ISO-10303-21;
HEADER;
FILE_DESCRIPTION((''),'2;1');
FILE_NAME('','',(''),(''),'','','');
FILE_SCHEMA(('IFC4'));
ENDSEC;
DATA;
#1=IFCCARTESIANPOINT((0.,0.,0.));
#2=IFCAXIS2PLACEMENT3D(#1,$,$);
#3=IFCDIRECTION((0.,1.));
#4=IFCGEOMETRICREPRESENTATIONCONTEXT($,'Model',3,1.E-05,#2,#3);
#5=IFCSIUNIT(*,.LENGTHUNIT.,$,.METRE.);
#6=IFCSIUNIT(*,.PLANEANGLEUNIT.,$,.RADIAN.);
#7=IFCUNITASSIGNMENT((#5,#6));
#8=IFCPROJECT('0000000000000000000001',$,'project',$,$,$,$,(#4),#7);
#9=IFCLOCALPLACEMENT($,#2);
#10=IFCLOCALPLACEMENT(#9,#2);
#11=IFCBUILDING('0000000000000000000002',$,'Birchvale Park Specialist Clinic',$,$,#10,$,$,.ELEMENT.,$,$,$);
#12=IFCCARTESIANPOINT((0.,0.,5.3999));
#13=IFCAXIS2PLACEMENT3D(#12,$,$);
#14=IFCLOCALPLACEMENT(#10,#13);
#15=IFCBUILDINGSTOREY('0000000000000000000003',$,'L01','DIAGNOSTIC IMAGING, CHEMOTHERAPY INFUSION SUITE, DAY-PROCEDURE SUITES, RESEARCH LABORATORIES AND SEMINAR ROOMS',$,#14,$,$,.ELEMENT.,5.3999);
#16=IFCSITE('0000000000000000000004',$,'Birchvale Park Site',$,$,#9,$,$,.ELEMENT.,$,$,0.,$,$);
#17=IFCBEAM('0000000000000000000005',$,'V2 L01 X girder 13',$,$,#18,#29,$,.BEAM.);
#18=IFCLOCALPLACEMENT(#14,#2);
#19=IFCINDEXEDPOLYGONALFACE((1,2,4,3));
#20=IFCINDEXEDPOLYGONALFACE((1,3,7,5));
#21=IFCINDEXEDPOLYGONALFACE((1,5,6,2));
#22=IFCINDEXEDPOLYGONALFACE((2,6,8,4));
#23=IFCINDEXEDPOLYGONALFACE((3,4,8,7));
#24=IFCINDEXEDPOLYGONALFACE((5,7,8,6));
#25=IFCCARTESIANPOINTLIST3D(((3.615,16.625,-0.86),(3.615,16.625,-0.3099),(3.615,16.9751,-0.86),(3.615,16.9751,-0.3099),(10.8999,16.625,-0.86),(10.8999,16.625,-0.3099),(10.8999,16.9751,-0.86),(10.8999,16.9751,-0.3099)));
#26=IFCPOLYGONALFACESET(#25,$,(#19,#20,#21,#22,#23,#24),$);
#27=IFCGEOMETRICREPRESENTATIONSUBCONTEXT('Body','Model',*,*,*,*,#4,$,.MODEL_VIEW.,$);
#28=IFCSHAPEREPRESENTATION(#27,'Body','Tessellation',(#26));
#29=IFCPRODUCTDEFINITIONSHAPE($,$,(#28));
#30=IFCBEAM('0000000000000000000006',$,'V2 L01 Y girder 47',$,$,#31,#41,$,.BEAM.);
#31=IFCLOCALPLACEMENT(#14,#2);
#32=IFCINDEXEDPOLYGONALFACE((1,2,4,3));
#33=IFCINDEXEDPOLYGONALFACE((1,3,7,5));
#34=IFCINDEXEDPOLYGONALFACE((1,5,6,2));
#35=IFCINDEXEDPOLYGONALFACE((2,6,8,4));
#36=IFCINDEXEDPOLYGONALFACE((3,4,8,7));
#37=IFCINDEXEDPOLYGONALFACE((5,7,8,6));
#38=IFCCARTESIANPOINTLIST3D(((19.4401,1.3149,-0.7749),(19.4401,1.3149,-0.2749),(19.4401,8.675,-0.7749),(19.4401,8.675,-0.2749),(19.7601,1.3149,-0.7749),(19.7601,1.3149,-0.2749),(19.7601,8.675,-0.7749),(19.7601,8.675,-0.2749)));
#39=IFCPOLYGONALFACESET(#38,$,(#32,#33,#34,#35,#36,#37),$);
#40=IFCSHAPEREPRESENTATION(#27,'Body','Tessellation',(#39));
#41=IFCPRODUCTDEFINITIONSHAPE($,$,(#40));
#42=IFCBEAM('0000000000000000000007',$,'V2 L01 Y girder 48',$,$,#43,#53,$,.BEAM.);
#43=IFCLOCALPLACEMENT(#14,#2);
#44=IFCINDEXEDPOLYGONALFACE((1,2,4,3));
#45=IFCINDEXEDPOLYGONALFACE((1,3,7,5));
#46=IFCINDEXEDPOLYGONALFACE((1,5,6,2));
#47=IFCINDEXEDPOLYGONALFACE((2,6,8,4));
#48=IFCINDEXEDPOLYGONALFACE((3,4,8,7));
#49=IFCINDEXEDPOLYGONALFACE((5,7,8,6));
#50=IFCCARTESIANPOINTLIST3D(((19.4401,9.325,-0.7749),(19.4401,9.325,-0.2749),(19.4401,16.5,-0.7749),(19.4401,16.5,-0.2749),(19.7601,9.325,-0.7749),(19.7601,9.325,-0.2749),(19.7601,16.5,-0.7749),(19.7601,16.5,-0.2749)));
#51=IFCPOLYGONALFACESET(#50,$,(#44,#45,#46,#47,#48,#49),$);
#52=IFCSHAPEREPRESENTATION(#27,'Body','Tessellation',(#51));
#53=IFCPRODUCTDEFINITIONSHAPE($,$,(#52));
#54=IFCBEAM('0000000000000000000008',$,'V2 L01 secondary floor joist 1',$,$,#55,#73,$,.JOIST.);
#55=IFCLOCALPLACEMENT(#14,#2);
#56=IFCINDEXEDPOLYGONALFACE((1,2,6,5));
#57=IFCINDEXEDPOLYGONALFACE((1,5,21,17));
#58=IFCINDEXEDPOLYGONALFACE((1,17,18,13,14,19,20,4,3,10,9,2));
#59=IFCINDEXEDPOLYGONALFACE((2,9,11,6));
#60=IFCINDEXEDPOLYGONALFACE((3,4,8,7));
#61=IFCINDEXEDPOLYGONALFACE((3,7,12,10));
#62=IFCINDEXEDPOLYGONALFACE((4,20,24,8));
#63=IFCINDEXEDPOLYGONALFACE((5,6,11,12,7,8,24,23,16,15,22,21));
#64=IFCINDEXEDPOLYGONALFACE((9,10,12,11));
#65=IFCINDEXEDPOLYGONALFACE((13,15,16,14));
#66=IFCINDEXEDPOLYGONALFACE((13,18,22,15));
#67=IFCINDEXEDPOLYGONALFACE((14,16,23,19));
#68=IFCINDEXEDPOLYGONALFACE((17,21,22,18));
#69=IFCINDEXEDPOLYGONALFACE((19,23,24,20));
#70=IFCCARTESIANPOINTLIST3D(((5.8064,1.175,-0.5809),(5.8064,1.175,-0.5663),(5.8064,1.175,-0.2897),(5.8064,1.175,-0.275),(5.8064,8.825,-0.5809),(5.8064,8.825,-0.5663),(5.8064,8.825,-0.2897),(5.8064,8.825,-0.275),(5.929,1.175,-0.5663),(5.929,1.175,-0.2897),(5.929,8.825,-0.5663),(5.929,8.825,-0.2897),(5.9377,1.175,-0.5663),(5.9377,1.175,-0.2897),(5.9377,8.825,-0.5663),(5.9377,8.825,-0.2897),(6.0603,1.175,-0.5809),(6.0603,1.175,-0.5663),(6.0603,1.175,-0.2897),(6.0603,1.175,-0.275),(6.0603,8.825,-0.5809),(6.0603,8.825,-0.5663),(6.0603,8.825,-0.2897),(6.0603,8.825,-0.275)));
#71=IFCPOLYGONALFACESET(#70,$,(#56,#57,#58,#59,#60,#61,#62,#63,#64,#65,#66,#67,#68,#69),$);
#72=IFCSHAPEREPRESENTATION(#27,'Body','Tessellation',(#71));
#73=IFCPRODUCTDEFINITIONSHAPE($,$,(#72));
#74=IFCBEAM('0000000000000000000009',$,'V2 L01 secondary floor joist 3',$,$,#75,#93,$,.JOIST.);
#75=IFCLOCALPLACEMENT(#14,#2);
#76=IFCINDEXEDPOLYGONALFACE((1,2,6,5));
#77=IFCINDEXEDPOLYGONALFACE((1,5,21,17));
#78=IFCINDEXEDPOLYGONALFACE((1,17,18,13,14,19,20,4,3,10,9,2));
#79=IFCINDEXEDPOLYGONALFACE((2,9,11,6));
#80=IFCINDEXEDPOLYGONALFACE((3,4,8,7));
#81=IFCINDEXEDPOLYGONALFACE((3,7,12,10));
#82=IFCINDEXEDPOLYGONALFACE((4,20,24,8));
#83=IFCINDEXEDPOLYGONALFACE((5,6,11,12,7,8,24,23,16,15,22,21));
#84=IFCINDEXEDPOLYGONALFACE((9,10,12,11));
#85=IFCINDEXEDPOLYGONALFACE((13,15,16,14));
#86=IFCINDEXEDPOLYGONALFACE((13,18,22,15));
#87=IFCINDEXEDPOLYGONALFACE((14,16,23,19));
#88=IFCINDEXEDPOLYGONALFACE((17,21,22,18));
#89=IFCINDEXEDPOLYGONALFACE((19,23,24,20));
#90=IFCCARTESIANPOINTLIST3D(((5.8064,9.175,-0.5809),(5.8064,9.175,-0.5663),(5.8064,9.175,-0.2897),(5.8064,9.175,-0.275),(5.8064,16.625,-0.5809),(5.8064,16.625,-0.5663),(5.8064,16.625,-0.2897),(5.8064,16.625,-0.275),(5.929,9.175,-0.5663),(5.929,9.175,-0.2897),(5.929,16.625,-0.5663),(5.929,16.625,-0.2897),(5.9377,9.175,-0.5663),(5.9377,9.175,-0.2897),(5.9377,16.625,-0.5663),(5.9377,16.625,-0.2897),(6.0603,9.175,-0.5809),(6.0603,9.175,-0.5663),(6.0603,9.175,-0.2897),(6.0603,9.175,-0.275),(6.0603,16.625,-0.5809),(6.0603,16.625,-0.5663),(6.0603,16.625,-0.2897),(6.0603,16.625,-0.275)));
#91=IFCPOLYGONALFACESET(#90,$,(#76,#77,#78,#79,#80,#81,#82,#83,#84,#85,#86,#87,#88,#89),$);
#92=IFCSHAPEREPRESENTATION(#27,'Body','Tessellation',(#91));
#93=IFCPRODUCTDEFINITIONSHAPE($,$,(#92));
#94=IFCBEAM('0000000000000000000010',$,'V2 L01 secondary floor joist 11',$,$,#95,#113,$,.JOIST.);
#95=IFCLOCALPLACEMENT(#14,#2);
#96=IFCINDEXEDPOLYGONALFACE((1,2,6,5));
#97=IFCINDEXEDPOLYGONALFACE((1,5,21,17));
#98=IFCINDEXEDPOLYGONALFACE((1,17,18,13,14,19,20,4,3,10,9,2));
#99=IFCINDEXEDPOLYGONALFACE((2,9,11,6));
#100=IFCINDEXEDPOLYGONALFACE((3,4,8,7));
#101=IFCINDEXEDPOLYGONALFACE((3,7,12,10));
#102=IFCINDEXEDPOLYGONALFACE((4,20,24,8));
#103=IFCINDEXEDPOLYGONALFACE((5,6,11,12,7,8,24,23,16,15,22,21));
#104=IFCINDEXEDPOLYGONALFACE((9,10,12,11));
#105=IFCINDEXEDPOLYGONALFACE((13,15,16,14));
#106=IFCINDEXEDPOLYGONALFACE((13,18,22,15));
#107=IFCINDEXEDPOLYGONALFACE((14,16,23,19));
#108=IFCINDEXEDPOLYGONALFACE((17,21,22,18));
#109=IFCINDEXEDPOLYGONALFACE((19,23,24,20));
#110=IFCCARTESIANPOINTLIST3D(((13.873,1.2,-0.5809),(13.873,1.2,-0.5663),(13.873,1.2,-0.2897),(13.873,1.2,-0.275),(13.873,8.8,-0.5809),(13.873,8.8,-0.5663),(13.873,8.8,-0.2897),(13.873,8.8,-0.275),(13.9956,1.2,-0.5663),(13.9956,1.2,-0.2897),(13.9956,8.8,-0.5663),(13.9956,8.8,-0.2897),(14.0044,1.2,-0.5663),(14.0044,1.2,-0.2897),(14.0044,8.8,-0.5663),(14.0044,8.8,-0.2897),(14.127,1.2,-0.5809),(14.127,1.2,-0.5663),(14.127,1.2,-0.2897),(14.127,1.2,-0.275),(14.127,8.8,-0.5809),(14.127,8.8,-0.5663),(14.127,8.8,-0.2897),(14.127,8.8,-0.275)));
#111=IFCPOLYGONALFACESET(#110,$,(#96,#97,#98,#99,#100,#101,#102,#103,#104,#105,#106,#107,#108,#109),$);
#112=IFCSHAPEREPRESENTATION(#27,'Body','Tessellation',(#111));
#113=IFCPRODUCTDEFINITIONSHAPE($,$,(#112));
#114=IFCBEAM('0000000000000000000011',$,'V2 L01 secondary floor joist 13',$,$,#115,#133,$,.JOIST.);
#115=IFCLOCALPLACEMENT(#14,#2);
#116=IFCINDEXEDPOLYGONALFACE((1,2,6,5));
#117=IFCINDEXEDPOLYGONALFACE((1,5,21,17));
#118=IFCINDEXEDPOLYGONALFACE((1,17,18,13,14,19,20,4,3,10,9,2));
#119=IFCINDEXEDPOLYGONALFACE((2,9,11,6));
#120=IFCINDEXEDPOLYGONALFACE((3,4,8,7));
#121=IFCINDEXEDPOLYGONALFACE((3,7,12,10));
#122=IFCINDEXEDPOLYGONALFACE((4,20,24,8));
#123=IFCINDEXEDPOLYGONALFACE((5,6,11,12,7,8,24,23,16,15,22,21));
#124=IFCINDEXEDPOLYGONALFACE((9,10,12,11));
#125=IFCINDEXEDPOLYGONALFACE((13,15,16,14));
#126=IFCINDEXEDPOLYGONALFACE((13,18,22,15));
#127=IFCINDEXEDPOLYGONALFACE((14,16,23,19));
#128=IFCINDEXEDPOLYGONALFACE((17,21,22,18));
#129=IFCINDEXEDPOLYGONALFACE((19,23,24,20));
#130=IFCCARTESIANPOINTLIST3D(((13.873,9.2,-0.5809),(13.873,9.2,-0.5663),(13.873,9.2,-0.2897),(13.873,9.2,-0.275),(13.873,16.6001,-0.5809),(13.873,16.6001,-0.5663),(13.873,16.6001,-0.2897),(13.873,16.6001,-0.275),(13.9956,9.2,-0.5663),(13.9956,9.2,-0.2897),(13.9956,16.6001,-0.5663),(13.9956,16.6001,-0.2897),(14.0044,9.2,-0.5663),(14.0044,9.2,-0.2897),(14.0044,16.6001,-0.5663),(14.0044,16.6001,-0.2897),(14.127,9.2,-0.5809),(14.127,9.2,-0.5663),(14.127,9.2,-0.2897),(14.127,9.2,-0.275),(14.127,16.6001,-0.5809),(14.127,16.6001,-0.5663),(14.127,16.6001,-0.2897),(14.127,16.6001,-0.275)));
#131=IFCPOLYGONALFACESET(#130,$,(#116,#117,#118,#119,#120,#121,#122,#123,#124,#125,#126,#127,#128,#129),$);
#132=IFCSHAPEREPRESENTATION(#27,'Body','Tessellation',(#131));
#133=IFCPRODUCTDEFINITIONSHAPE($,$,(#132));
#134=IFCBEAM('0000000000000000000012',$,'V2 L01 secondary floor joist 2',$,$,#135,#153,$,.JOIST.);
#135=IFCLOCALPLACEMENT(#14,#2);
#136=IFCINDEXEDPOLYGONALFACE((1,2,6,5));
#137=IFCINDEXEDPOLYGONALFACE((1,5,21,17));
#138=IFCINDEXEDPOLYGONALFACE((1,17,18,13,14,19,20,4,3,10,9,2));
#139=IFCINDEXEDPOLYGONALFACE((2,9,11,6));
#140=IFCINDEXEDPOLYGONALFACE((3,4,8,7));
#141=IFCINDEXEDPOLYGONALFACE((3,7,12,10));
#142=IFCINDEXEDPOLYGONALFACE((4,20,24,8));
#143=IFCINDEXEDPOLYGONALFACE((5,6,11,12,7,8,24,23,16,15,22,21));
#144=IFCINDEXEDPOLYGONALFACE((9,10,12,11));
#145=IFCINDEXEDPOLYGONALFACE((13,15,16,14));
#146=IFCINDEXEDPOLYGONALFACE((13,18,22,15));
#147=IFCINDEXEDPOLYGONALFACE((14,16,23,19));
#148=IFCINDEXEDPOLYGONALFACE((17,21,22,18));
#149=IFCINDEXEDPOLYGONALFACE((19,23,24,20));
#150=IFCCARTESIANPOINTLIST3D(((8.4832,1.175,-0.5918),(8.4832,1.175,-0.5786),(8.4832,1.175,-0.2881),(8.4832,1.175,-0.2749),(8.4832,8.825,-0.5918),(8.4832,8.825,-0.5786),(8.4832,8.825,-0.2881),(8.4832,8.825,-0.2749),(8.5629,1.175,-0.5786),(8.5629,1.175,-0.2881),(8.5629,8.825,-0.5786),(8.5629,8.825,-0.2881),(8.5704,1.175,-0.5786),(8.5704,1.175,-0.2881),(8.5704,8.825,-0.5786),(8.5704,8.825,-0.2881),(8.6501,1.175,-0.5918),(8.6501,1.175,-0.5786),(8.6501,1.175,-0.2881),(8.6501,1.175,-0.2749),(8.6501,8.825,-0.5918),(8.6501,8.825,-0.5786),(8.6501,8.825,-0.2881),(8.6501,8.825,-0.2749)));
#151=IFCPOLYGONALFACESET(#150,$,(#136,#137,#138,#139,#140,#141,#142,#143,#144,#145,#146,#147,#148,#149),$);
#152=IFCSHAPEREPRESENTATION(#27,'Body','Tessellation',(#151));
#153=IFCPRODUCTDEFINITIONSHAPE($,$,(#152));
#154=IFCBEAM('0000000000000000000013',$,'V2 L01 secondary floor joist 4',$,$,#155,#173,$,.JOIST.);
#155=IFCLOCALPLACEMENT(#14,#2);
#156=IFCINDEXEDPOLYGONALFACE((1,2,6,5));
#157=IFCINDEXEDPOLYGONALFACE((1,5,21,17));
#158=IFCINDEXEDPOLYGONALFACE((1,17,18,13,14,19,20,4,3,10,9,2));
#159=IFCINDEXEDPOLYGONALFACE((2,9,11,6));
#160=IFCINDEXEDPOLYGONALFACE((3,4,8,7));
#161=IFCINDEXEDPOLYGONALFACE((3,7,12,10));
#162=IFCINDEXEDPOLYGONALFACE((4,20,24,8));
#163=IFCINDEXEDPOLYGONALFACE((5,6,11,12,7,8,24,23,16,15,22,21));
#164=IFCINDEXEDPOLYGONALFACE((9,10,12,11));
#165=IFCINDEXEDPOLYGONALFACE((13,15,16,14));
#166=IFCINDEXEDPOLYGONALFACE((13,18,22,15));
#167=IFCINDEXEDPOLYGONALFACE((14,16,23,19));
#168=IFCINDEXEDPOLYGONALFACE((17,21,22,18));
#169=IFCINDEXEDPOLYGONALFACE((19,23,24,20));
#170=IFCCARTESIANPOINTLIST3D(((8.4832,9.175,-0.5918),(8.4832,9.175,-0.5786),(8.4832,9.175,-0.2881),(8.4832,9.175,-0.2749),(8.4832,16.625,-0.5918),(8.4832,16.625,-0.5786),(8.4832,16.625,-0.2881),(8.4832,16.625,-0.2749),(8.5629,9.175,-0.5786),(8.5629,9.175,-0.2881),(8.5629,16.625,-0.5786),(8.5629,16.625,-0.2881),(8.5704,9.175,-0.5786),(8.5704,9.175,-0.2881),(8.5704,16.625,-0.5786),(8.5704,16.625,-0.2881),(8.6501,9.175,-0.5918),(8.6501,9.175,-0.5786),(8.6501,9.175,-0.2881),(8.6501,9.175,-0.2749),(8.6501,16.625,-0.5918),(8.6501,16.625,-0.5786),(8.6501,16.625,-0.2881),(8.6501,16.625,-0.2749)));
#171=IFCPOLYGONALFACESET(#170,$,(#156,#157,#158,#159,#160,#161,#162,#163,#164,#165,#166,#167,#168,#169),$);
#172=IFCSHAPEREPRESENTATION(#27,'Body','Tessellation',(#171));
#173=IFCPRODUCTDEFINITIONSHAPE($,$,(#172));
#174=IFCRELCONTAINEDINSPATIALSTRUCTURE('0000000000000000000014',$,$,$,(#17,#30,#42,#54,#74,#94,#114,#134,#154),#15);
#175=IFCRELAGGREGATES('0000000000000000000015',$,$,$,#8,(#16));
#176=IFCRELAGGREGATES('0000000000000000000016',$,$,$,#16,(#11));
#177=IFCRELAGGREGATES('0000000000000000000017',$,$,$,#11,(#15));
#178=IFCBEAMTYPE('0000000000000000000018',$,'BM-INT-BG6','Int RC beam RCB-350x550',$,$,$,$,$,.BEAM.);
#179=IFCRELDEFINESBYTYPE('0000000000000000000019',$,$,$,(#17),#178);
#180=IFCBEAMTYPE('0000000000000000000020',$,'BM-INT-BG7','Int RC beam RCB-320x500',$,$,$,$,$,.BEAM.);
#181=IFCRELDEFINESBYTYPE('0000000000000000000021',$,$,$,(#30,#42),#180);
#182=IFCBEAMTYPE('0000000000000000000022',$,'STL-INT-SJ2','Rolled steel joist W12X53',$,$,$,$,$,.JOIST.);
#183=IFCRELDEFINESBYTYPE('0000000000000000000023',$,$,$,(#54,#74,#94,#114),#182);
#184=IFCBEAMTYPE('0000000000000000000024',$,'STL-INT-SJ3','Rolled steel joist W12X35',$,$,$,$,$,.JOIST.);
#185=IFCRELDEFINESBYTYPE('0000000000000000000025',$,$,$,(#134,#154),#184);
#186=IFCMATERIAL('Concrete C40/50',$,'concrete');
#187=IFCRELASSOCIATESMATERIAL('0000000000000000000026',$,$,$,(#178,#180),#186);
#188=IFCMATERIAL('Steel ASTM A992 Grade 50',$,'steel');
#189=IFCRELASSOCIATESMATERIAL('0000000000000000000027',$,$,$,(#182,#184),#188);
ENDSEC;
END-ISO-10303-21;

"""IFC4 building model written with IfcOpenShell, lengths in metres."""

from ifc_helpers import new_model, si_unit, direction, frame, origin, origin_2d, place, context, subcontext, project, spatial, rectangle, i_section, extrude, material, material_profile, profile_set, type_object, element, save


model = new_model("IFC4")

# Units and contexts
model_context = context("Model", 3, precision=1e-05, world=origin(), true_north=direction((0.0, 1.0)))
body_context = subcontext(model_context, "Body", "Model", "MODEL_VIEW")
ifc_project = project(units=[si_unit("LENGTHUNIT", "METRE"), si_unit("PLANEANGLEUNIT", "RADIAN")], contexts=[model_context])

# Site, building, storey
site_placement = place(None, origin())
site = spatial("IfcSite", under=ifc_project, at=site_placement, Name="Birchvale Park Site", CompositionType="ELEMENT", RefElevation=0.0)
building_placement = place(site_placement, origin())
building = spatial("IfcBuilding", under=site, at=building_placement, Name="Birchvale Park Specialist Clinic", CompositionType="ELEMENT")
storey_placement = place(building_placement, frame((0.0, 0.0, 5.3999)))
storey = spatial("IfcBuildingStorey", under=building, at=storey_placement, Name="L01", Description="DIAGNOSTIC IMAGING, CHEMOTHERAPY INFUSION SUITE, DAY-PROCEDURE SUITES, RESEARCH LABORATORIES AND SEMINAR ROOMS", CompositionType="ELEMENT", Elevation=5.3999)

# Shared definitions
ifc_material_1 = material(Name="Concrete C40/50", Category="concrete")

# Beams
ifc_material_profile_1 = material_profile(ifc_material_1, rectangle(XDim=0.3501, YDim=0.55, at=origin_2d()), Name="RCB-350x550")
ifc_profile_set_1 = profile_set([ifc_material_profile_1], Name="Concrete C40/50")
beam_type_1 = type_object("IfcBeamType", Name="BM-INT-BG6", Description="Int RC beam RCB-350x550", PredefinedType="BEAM", material=ifc_profile_set_1)
beam_1_placement = place(storey_placement, frame((3.615, 16.8, -0.585), z_axis=(1.0, 0.0, 0.0), x_axis=(0.0, 1.0, 0.0)))
element("IfcBeam", 1, at=beam_1_placement, inside=storey, type_object=beam_type_1, Name="V2 L01 X girder 13", PredefinedType="BEAM", context=body_context, shape_type="SweptSolid", body=[
    extrude(rectangle(XDim=0.3501, YDim=0.55, at=origin_2d()), origin(), (0.0, 0.0, 1.0), 7.2849),
])
ifc_material_profile_2 = material_profile(ifc_material_1, rectangle(XDim=0.3201, YDim=0.5, at=origin_2d()), Name="RCB-320x500")
ifc_profile_set_2 = profile_set([ifc_material_profile_2], Name="Concrete C40/50")
beam_type_2 = type_object("IfcBeamType", Name="BM-INT-BG7", Description="Int RC beam RCB-320x500", PredefinedType="BEAM", material=ifc_profile_set_2)
beam_2_placement = place(storey_placement, frame((19.6001, 1.3149, -0.5249), z_axis=(0.0, 1.0, 0.0), x_axis=(-1.0, 0.0, 0.0)))
element("IfcBeam", 2, at=beam_2_placement, inside=storey, type_object=beam_type_2, Name="V2 L01 Y girder 47", PredefinedType="BEAM", context=body_context, shape_type="SweptSolid", body=[
    extrude(rectangle(XDim=0.3201, YDim=0.5, at=origin_2d()), origin(), (0.0, 0.0, 1.0), 7.3601),
])
beam_3_placement = place(storey_placement, frame((19.6001, 9.325, -0.5249), z_axis=(0.0, 1.0, 0.0), x_axis=(-1.0, 0.0, 0.0)))
element("IfcBeam", 3, at=beam_3_placement, inside=storey, type_object=beam_type_2, Name="V2 L01 Y girder 48", PredefinedType="BEAM", context=body_context, shape_type="SweptSolid", body=[
    extrude(rectangle(XDim=0.3201, YDim=0.5, at=origin_2d()), origin(), (0.0, 0.0, 1.0), 7.175),
])
ifc_material_2 = material(Name="Steel ASTM A992 Grade 50", Category="steel")
ifc_material_profile_3 = material_profile(ifc_material_2, i_section(OverallWidth=0.2539, OverallDepth=0.3059, WebThickness=0.0088, FlangeThickness=0.0146, at=origin_2d()), Name="W12X53")
ifc_profile_set_3 = profile_set([ifc_material_profile_3], Name="Steel ASTM A992 Grade 50")
beam_type_3 = type_object("IfcBeamType", Name="STL-INT-SJ2", Description="Rolled steel joist W12X53", PredefinedType="JOIST", material=ifc_profile_set_3)
beam_4_placement = place(storey_placement, frame((5.9333, 1.175, -0.428), z_axis=(0.0, 1.0, 0.0), x_axis=(-1.0, 0.0, 0.0)))
element("IfcBeam", 4, at=beam_4_placement, inside=storey, type_object=beam_type_3, Name="V2 L01 secondary floor joist 1", PredefinedType="JOIST", context=body_context, shape_type="SweptSolid", body=[
    extrude(i_section(OverallWidth=0.2539, OverallDepth=0.3059, WebThickness=0.0088, FlangeThickness=0.0146, at=origin_2d()), origin(), (0.0, 0.0, 1.0), 7.6499),
])
beam_5_placement = place(storey_placement, frame((5.9333, 9.175, -0.428), z_axis=(0.0, 1.0, 0.0), x_axis=(-1.0, 0.0, 0.0)))
element("IfcBeam", 5, at=beam_5_placement, inside=storey, type_object=beam_type_3, Name="V2 L01 secondary floor joist 3", PredefinedType="JOIST", context=body_context, shape_type="SweptSolid", body=[
    extrude(i_section(OverallWidth=0.2539, OverallDepth=0.3059, WebThickness=0.0088, FlangeThickness=0.0146, at=origin_2d()), origin(), (0.0, 0.0, 1.0), 7.45),
])
beam_6_placement = place(storey_placement, frame((14.0, 1.2, -0.428), z_axis=(0.0, 1.0, 0.0), x_axis=(-1.0, 0.0, 0.0)))
element("IfcBeam", 6, at=beam_6_placement, inside=storey, type_object=beam_type_3, Name="V2 L01 secondary floor joist 11", PredefinedType="JOIST", context=body_context, shape_type="SweptSolid", body=[
    extrude(i_section(OverallWidth=0.2539, OverallDepth=0.3059, WebThickness=0.0088, FlangeThickness=0.0146, at=origin_2d()), origin(), (0.0, 0.0, 1.0), 7.6001),
])
beam_7_placement = place(storey_placement, frame((14.0, 9.2, -0.428), z_axis=(0.0, 1.0, 0.0), x_axis=(-1.0, 0.0, 0.0)))
element("IfcBeam", 7, at=beam_7_placement, inside=storey, type_object=beam_type_3, Name="V2 L01 secondary floor joist 13", PredefinedType="JOIST", context=body_context, shape_type="SweptSolid", body=[
    extrude(i_section(OverallWidth=0.2539, OverallDepth=0.3059, WebThickness=0.0088, FlangeThickness=0.0146, at=origin_2d()), origin(), (0.0, 0.0, 1.0), 7.4001),
])
ifc_material_profile_4 = material_profile(ifc_material_2, i_section(OverallWidth=0.167, OverallDepth=0.3169, WebThickness=0.0076, FlangeThickness=0.0132, at=origin_2d()), Name="W12X35")
ifc_profile_set_4 = profile_set([ifc_material_profile_4], Name="Steel ASTM A992 Grade 50")
beam_type_4 = type_object("IfcBeamType", Name="STL-INT-SJ3", Description="Rolled steel joist W12X35", PredefinedType="JOIST", material=ifc_profile_set_4)
beam_8_placement = place(storey_placement, frame((8.5667, 1.175, -0.4333), z_axis=(0.0, 1.0, 0.0), x_axis=(-1.0, 0.0, 0.0)))
element("IfcBeam", 8, at=beam_8_placement, inside=storey, type_object=beam_type_4, Name="V2 L01 secondary floor joist 2", PredefinedType="JOIST", context=body_context, shape_type="SweptSolid", body=[
    extrude(i_section(OverallWidth=0.167, OverallDepth=0.3169, WebThickness=0.0076, FlangeThickness=0.0132, at=origin_2d()), origin(), (0.0, 0.0, 1.0), 7.6499),
])
beam_9_placement = place(storey_placement, frame((8.5667, 9.175, -0.4333), z_axis=(0.0, 1.0, 0.0), x_axis=(-1.0, 0.0, 0.0)))
element("IfcBeam", 9, at=beam_9_placement, inside=storey, type_object=beam_type_4, Name="V2 L01 secondary floor joist 4", PredefinedType="JOIST", context=body_context, shape_type="SweptSolid", body=[
    extrude(i_section(OverallWidth=0.167, OverallDepth=0.3169, WebThickness=0.0076, FlangeThickness=0.0132, at=origin_2d()), origin(), (0.0, 0.0, 1.0), 7.45),
])

save(model, "model.ifc")
